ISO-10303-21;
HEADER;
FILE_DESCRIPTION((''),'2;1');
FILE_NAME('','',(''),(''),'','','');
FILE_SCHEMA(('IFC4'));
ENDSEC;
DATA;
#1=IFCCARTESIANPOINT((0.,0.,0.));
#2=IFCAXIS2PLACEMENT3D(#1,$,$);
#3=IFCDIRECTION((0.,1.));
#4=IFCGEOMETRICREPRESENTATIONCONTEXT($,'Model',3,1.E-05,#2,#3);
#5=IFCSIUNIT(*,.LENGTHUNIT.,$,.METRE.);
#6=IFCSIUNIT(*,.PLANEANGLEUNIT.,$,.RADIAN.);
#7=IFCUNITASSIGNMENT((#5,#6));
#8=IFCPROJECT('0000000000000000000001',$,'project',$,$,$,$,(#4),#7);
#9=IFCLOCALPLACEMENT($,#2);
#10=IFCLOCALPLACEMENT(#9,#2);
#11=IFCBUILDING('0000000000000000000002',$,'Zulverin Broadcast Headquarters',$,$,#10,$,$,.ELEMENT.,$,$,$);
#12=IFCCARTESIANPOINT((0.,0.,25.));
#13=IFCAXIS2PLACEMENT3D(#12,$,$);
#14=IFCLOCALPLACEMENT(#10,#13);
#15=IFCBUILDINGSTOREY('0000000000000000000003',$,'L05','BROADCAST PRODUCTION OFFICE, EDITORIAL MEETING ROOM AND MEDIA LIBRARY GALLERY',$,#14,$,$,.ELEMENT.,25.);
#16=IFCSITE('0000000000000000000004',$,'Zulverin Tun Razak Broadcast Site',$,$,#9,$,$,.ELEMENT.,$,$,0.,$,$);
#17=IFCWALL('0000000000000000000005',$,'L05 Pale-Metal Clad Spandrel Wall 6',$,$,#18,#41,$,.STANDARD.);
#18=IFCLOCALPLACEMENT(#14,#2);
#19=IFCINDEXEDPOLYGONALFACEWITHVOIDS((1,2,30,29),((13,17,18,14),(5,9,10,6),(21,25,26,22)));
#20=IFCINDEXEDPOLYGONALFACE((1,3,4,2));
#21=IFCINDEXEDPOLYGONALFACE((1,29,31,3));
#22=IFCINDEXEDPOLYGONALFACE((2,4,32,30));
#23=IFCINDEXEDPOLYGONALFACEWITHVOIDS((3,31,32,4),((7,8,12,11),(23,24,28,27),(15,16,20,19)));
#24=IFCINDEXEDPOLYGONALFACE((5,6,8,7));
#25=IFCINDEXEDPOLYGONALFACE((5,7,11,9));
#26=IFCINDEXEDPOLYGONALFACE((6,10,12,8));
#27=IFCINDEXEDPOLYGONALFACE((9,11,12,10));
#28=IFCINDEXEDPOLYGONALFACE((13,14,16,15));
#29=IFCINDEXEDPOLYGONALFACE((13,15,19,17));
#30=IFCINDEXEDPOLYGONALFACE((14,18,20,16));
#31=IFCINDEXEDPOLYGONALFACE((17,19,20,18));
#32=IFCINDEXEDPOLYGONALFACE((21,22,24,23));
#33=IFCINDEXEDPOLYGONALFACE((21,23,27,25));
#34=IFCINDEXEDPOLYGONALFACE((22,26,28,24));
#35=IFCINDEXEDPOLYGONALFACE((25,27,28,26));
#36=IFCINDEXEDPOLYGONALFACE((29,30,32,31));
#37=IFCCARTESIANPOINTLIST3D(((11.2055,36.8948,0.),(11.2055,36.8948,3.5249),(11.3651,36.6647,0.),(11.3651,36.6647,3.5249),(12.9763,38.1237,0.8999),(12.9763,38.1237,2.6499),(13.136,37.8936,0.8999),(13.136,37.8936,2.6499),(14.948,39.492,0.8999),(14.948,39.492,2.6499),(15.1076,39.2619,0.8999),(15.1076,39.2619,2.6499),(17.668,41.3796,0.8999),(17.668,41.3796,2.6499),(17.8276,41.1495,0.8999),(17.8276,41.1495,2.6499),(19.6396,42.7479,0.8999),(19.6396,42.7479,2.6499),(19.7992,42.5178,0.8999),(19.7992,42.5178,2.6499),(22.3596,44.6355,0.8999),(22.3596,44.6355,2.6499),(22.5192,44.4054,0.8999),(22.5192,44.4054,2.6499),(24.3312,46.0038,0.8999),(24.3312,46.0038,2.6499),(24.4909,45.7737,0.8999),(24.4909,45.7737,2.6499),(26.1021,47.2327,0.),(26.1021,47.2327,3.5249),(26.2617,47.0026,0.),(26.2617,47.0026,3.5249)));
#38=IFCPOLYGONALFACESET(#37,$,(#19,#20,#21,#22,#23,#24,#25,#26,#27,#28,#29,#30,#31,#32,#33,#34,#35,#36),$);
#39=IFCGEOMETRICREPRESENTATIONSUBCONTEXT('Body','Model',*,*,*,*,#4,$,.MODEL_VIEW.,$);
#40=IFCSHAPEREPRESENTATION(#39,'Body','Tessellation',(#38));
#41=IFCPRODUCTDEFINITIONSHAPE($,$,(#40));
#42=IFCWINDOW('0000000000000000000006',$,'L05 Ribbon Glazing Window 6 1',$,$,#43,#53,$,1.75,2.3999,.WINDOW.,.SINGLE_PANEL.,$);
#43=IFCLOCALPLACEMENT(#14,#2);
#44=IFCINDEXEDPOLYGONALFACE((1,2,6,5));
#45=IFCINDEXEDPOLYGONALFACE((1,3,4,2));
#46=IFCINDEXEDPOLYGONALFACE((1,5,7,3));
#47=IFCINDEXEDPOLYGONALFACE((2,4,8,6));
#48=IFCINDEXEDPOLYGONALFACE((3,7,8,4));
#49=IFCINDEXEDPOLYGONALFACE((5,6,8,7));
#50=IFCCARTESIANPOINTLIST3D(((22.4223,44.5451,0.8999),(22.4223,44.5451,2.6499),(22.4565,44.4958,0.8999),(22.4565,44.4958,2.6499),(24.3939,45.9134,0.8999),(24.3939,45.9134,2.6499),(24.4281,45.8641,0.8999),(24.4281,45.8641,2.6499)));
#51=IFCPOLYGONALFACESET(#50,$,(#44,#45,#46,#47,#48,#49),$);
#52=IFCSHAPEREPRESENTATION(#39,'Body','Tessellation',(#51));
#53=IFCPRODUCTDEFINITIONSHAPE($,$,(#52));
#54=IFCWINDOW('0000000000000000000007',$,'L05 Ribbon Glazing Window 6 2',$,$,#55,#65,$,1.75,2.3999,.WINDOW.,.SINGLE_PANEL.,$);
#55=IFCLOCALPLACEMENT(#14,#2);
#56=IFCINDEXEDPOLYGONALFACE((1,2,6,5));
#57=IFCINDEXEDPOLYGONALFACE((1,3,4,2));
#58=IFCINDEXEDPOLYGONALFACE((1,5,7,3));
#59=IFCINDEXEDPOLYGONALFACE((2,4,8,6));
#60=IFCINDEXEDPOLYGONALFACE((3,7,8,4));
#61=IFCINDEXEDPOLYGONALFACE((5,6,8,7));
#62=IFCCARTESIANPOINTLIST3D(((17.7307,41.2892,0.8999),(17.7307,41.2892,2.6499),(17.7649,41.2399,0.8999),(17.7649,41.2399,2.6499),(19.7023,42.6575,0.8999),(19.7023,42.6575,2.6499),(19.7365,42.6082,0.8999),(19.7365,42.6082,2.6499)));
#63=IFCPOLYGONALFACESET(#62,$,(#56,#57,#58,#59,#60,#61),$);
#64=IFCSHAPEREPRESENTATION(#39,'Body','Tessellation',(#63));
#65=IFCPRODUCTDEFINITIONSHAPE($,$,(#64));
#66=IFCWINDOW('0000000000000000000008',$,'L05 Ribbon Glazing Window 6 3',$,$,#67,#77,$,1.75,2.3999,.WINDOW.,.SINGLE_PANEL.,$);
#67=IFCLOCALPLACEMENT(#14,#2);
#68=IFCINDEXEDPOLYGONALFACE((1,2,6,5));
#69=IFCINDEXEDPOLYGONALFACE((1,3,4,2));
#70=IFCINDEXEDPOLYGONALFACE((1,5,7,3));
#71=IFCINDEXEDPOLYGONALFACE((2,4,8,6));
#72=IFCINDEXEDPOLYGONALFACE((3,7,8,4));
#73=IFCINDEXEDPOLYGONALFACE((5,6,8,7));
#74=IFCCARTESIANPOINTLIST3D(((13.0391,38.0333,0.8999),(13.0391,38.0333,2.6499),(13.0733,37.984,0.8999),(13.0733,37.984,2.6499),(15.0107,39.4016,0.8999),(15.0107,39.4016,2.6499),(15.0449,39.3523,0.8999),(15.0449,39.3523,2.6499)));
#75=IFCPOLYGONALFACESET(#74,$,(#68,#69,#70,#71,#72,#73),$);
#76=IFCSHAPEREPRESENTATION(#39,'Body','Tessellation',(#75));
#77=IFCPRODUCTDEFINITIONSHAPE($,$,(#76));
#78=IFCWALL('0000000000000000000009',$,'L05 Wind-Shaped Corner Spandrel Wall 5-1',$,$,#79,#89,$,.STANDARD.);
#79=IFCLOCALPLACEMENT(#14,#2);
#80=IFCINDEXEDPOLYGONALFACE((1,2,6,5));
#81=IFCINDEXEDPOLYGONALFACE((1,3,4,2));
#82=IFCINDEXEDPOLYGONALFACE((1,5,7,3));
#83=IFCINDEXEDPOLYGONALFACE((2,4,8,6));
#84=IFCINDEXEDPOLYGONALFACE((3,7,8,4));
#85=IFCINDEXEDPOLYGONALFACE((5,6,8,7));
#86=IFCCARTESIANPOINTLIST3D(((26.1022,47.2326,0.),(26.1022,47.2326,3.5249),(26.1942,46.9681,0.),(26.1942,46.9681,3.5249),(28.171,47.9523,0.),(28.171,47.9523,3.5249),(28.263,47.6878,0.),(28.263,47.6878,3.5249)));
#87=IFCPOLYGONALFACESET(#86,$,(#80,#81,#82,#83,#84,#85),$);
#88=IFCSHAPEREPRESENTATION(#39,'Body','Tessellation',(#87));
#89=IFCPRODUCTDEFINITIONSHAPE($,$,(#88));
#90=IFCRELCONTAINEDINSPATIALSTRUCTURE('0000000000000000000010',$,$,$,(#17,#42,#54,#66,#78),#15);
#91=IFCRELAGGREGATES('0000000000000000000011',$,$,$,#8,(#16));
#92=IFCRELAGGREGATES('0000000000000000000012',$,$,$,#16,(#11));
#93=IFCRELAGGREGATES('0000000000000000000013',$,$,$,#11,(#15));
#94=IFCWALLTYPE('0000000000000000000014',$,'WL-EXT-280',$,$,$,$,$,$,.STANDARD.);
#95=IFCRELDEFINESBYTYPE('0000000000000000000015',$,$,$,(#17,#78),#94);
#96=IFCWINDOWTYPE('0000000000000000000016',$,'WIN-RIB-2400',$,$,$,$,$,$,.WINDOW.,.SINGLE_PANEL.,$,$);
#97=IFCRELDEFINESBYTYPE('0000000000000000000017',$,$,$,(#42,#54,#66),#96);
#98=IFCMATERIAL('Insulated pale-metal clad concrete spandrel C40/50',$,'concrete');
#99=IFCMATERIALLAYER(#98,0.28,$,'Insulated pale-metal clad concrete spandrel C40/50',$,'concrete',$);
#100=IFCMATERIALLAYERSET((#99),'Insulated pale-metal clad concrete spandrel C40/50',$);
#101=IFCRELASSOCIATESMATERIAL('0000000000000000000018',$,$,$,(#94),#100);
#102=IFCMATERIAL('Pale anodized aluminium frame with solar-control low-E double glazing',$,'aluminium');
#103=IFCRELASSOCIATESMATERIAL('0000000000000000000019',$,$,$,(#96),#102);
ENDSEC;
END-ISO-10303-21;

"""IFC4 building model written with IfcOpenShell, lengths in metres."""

from ifc_helpers import new_model, si_unit, direction, frame, frame_2d, origin, place, context, subcontext, project, spatial, rectangle, extrude, material, layer, layer_set, type_object, element, fill, save


model = new_model("IFC4")

# Units and contexts
model_context = context("Model", 3, precision=1e-05, world=origin(), true_north=direction((0.0, 1.0)))
body_context = subcontext(model_context, "Body", "Model", "MODEL_VIEW")
ifc_project = project(units=[si_unit("LENGTHUNIT", "METRE"), si_unit("PLANEANGLEUNIT", "RADIAN")], contexts=[model_context])

# Site, building, storey
site_placement = place(None, origin())
site = spatial("IfcSite", under=ifc_project, at=site_placement, Name="Zulverin Tun Razak Broadcast Site", CompositionType="ELEMENT", RefElevation=0.0)
building_placement = place(site_placement, origin())
building = spatial("IfcBuilding", under=site, at=building_placement, Name="Zulverin Broadcast Headquarters", CompositionType="ELEMENT")
storey_placement = place(building_placement, frame((0.0, 0.0, 25.0)))
storey = spatial("IfcBuildingStorey", under=building, at=storey_placement, Name="L05", Description="BROADCAST PRODUCTION OFFICE, EDITORIAL MEETING ROOM AND MEDIA LIBRARY GALLERY", CompositionType="ELEMENT", Elevation=25.0)

# Wall, openings, windows
ifc_material_1 = material(Name="Insulated pale-metal clad concrete spandrel C40/50", Category="concrete")
ifc_layer_1 = layer(ifc_material_1, 0.28, Name="Insulated pale-metal clad concrete spandrel C40/50", Category="concrete")
ifc_layer_set_1 = layer_set([ifc_layer_1], Name="Insulated pale-metal clad concrete spandrel C40/50")
wall_type = type_object("IfcWallType", Name="WL-EXT-280", PredefinedType="STANDARD", material=ifc_layer_set_1)
wall_1_placement = place(storey_placement, frame((26.1819, 47.1177, 0.0), z_axis=(0.0, 0.0, 1.0), x_axis=(-0.821548, -0.570139, 0.0)))
wall_1 = element("IfcWall", 1, at=wall_1_placement, inside=storey, type_object=wall_type, Name="L05 Pale-Metal Clad Spandrel Wall 6", PredefinedType="STANDARD", context=body_context, shape_type="SweptSolid", body=[
    extrude(rectangle(XDim=18.1323, YDim=0.28, at=frame_2d((9.0662, 0.0))), origin(), (0.0, 0.0, 1.0), 3.5249),
])
opening_1_placement = place(wall_1_placement, frame((2.1555, 0.0, 0.8999)))
opening_1 = element("IfcOpeningElement", 2, at=opening_1_placement, cuts=wall_1, PredefinedType="OPENING", context=body_context, shape_type="SweptSolid", body=[
    extrude(rectangle(XDim=2.3999, YDim=1.75, at=frame_2d((1.2, 0.875))), frame((0.0, 0.1499, 0.0), z_axis=(0.0, -1.0, 0.0), x_axis=(1.0, 0.0, 0.0)), (0.0, 0.0, 1.0), 0.3),
])
opening_2_placement = place(wall_1_placement, frame((7.8662, 0.0, 0.8999)))
opening_2 = element("IfcOpeningElement", 3, at=opening_2_placement, cuts=wall_1, PredefinedType="OPENING", context=body_context, shape_type="SweptSolid", body=[
    extrude(rectangle(XDim=2.3999, YDim=1.75, at=frame_2d((1.2, 0.875))), frame((0.0, 0.1499, 0.0), z_axis=(0.0, -1.0, 0.0), x_axis=(1.0, 0.0, 0.0)), (0.0, 0.0, 1.0), 0.3),
])
opening_3_placement = place(wall_1_placement, frame((13.5769, 0.0, 0.8999)))
opening_3 = element("IfcOpeningElement", 4, at=opening_3_placement, cuts=wall_1, PredefinedType="OPENING", context=body_context, shape_type="SweptSolid", body=[
    extrude(rectangle(XDim=2.3999, YDim=1.75, at=frame_2d((1.2, 0.875))), frame((0.0, 0.1499, 0.0), z_axis=(0.0, -1.0, 0.0), x_axis=(1.0, 0.0, 0.0)), (0.0, 0.0, 1.0), 0.3),
])
ifc_material_2 = material(Name="Pale anodized aluminium frame with solar-control low-E double glazing", Category="aluminium")
window_type = type_object("IfcWindowType", Name="WIN-RIB-2400", PartitioningType="SINGLE_PANEL", PredefinedType="WINDOW", material=ifc_material_2)
window_1_placement = place(opening_1_placement, origin())
window_1 = element("IfcWindow", 5, at=window_1_placement, inside=storey, type_object=window_type, Name="L05 Ribbon Glazing Window 6 1", OverallHeight=1.75, OverallWidth=2.3999, PartitioningType="SINGLE_PANEL", PredefinedType="WINDOW", context=body_context, shape_type="SweptSolid", body=[
    extrude(rectangle(XDim=2.3999, YDim=1.75, at=frame_2d((1.2, 0.875))), frame((0.0, 0.03, 0.0), z_axis=(0.0, -1.0, 0.0), x_axis=(1.0, 0.0, 0.0)), (0.0, 0.0, 1.0), 0.0601),
])
fill(opening_1, window_1)
window_2_placement = place(opening_2_placement, origin())
window_2 = element("IfcWindow", 6, at=window_2_placement, inside=storey, type_object=window_type, Name="L05 Ribbon Glazing Window 6 2", OverallHeight=1.75, OverallWidth=2.3999, PartitioningType="SINGLE_PANEL", PredefinedType="WINDOW", context=body_context, shape_type="SweptSolid", body=[
    extrude(rectangle(XDim=2.3999, YDim=1.75, at=frame_2d((1.2, 0.875))), frame((0.0, 0.03, 0.0), z_axis=(0.0, -1.0, 0.0), x_axis=(1.0, 0.0, 0.0)), (0.0, 0.0, 1.0), 0.0601),
])
fill(opening_2, window_2)
window_3_placement = place(opening_3_placement, origin())
window_3 = element("IfcWindow", 7, at=window_3_placement, inside=storey, type_object=window_type, Name="L05 Ribbon Glazing Window 6 3", OverallHeight=1.75, OverallWidth=2.3999, PartitioningType="SINGLE_PANEL", PredefinedType="WINDOW", context=body_context, shape_type="SweptSolid", body=[
    extrude(rectangle(XDim=2.3999, YDim=1.75, at=frame_2d((1.2, 0.875))), frame((0.0, 0.03, 0.0), z_axis=(0.0, -1.0, 0.0), x_axis=(1.0, 0.0, 0.0)), (0.0, 0.0, 1.0), 0.0601),
])
fill(opening_3, window_3)

# Wall
wall_2_placement = place(storey_placement, frame((28.217, 47.8201, 0.0), z_axis=(0.0, 0.0, 1.0), x_axis=(-0.944479, -0.328572, 0.0)))
element("IfcWall", 8, at=wall_2_placement, inside=storey, type_object=wall_type, Name="L05 Wind-Shaped Corner Spandrel Wall 5-1", PredefinedType="STANDARD", context=body_context, shape_type="SweptSolid", body=[
    extrude(rectangle(XDim=2.1904, YDim=0.28, at=frame_2d((1.0952, 0.0))), origin(), (0.0, 0.0, 1.0), 3.5249),
])

save(model, "model.ifc")
